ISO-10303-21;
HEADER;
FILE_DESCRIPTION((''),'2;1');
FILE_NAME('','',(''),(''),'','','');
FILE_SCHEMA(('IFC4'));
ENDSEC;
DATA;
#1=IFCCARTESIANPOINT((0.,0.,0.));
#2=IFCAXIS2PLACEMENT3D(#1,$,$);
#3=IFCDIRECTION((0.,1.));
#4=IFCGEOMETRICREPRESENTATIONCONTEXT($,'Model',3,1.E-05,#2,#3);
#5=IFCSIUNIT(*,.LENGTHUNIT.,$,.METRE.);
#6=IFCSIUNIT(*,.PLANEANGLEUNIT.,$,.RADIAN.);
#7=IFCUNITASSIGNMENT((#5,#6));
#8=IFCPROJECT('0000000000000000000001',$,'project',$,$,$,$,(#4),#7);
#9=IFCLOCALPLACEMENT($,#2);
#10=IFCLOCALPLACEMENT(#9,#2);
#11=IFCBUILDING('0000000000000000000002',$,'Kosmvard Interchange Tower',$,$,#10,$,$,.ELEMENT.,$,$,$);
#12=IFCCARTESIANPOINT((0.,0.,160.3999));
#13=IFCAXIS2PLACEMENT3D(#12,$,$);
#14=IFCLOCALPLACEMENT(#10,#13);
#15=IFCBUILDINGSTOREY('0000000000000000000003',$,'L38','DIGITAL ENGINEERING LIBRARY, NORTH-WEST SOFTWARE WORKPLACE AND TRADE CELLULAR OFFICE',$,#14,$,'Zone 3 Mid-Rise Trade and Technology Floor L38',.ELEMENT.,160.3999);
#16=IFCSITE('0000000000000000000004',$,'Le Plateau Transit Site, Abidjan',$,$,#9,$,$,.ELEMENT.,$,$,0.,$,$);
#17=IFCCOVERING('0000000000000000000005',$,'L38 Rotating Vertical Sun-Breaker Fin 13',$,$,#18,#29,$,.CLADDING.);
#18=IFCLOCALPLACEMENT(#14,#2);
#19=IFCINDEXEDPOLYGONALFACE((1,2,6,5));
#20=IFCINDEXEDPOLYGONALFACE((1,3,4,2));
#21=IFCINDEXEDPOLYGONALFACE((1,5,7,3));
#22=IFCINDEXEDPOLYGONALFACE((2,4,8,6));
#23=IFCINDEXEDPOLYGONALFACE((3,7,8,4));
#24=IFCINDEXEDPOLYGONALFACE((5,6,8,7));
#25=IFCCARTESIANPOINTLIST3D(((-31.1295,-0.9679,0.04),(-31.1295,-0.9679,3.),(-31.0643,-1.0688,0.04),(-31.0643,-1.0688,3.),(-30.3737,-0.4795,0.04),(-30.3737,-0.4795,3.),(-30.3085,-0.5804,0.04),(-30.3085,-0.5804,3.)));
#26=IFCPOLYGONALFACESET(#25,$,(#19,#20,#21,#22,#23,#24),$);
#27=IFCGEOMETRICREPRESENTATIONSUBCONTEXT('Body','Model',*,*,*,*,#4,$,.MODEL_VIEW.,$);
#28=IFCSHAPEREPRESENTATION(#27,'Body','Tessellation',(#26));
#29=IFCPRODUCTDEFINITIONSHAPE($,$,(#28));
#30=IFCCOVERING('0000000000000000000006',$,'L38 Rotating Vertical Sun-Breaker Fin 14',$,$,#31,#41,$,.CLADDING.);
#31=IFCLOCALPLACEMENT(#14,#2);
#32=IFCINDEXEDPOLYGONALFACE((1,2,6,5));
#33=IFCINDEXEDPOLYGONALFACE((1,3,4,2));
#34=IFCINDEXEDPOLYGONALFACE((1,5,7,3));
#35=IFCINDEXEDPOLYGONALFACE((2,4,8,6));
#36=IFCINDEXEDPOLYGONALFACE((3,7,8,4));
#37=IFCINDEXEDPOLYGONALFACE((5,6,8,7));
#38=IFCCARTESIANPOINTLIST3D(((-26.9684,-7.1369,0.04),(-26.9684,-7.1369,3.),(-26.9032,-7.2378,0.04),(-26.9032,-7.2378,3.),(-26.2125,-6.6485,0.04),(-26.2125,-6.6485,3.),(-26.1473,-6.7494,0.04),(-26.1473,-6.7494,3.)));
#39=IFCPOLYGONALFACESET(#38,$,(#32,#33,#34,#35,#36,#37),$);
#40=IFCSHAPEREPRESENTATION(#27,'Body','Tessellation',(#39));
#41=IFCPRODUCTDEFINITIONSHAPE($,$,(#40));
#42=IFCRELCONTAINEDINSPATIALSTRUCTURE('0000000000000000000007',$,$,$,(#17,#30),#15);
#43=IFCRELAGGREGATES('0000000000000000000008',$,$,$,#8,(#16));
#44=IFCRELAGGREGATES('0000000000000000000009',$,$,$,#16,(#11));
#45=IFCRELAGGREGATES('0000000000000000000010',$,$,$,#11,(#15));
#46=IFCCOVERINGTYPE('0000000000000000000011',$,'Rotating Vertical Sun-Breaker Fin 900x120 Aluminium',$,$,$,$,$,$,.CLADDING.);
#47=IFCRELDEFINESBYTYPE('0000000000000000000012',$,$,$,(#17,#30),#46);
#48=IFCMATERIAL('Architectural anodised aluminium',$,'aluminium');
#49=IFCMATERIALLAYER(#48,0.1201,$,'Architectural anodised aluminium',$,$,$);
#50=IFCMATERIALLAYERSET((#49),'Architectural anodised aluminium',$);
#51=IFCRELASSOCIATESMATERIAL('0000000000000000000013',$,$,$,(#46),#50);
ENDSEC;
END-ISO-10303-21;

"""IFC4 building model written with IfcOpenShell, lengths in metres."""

from ifc_helpers import new_model, si_unit, direction, frame, origin, origin_2d, place, context, subcontext, project, spatial, rectangle, extrude, source, transform, mapped, material, layer, layer_set, type_object, element, save


model = new_model("IFC4")

# Units and contexts
model_context = context("Model", 3, precision=1e-05, world=origin(), true_north=direction((0.0, 1.0)))
body_context = subcontext(model_context, "Body", "Model", "MODEL_VIEW")
ifc_project = project(units=[si_unit("LENGTHUNIT", "METRE"), si_unit("PLANEANGLEUNIT", "RADIAN")], contexts=[model_context])

# Site, building, storey
site_placement = place(None, origin())
site = spatial("IfcSite", under=ifc_project, at=site_placement, Name="Le Plateau Transit Site, Abidjan", CompositionType="ELEMENT", RefElevation=0.0)
building_placement = place(site_placement, origin())
building = spatial("IfcBuilding", under=site, at=building_placement, Name="Kosmvard Interchange Tower", CompositionType="ELEMENT")
storey_placement = place(building_placement, frame((0.0, 0.0, 160.3999)))
storey = spatial("IfcBuildingStorey", under=building, at=storey_placement, Name="L38", Description="DIGITAL ENGINEERING LIBRARY, NORTH-WEST SOFTWARE WORKPLACE AND TRADE CELLULAR OFFICE", LongName="Zone 3 Mid-Rise Trade and Technology Floor L38", CompositionType="ELEMENT", Elevation=160.3999)

# Coverings
ifc_material_1 = material(Name="Architectural anodised aluminium", Category="aluminium")
ifc_layer_1 = layer(ifc_material_1, 0.1201, Name="Architectural anodised aluminium")
ifc_layer_set_1 = layer_set([ifc_layer_1], Name="Architectural anodised aluminium")
covering_type = type_object("IfcCoveringType", Name="Rotating Vertical Sun-Breaker Fin 900x120 Aluminium", PredefinedType="CLADDING", material=ifc_layer_set_1)
shared_shape_1 = source(origin(), body_context, "Body", "SweptSolid", [
    extrude(rectangle(XDim=0.8999, YDim=0.1201, at=origin_2d()), origin(), (0.0, 0.0, 1.0), 2.96),
])
for number, where, z_axis, x_axis, name in (
    (1, (-30.719, -0.7742, 0.04), (0.0, 0.0, 1.0), (-0.839904, -0.542735, 0.0), "L38 Rotating Vertical Sun-Breaker Fin 13"),
    (2, (-26.5579, -6.9431, 0.04), (0.0, 0.0, 1.0), (-0.839904, -0.542735, 0.0), "L38 Rotating Vertical Sun-Breaker Fin 14"),
):
    element("IfcCovering", number, at=place(storey_placement, frame(where, z_axis=z_axis, x_axis=x_axis)), inside=storey, type_object=covering_type, Name=name, PredefinedType="CLADDING", context=body_context, shape_type="MappedRepresentation", body=[
        mapped(shared_shape_1, transform((0.0, 0.0, 0.0), scale=1.0)),
    ])

save(model, "model.ifc")
